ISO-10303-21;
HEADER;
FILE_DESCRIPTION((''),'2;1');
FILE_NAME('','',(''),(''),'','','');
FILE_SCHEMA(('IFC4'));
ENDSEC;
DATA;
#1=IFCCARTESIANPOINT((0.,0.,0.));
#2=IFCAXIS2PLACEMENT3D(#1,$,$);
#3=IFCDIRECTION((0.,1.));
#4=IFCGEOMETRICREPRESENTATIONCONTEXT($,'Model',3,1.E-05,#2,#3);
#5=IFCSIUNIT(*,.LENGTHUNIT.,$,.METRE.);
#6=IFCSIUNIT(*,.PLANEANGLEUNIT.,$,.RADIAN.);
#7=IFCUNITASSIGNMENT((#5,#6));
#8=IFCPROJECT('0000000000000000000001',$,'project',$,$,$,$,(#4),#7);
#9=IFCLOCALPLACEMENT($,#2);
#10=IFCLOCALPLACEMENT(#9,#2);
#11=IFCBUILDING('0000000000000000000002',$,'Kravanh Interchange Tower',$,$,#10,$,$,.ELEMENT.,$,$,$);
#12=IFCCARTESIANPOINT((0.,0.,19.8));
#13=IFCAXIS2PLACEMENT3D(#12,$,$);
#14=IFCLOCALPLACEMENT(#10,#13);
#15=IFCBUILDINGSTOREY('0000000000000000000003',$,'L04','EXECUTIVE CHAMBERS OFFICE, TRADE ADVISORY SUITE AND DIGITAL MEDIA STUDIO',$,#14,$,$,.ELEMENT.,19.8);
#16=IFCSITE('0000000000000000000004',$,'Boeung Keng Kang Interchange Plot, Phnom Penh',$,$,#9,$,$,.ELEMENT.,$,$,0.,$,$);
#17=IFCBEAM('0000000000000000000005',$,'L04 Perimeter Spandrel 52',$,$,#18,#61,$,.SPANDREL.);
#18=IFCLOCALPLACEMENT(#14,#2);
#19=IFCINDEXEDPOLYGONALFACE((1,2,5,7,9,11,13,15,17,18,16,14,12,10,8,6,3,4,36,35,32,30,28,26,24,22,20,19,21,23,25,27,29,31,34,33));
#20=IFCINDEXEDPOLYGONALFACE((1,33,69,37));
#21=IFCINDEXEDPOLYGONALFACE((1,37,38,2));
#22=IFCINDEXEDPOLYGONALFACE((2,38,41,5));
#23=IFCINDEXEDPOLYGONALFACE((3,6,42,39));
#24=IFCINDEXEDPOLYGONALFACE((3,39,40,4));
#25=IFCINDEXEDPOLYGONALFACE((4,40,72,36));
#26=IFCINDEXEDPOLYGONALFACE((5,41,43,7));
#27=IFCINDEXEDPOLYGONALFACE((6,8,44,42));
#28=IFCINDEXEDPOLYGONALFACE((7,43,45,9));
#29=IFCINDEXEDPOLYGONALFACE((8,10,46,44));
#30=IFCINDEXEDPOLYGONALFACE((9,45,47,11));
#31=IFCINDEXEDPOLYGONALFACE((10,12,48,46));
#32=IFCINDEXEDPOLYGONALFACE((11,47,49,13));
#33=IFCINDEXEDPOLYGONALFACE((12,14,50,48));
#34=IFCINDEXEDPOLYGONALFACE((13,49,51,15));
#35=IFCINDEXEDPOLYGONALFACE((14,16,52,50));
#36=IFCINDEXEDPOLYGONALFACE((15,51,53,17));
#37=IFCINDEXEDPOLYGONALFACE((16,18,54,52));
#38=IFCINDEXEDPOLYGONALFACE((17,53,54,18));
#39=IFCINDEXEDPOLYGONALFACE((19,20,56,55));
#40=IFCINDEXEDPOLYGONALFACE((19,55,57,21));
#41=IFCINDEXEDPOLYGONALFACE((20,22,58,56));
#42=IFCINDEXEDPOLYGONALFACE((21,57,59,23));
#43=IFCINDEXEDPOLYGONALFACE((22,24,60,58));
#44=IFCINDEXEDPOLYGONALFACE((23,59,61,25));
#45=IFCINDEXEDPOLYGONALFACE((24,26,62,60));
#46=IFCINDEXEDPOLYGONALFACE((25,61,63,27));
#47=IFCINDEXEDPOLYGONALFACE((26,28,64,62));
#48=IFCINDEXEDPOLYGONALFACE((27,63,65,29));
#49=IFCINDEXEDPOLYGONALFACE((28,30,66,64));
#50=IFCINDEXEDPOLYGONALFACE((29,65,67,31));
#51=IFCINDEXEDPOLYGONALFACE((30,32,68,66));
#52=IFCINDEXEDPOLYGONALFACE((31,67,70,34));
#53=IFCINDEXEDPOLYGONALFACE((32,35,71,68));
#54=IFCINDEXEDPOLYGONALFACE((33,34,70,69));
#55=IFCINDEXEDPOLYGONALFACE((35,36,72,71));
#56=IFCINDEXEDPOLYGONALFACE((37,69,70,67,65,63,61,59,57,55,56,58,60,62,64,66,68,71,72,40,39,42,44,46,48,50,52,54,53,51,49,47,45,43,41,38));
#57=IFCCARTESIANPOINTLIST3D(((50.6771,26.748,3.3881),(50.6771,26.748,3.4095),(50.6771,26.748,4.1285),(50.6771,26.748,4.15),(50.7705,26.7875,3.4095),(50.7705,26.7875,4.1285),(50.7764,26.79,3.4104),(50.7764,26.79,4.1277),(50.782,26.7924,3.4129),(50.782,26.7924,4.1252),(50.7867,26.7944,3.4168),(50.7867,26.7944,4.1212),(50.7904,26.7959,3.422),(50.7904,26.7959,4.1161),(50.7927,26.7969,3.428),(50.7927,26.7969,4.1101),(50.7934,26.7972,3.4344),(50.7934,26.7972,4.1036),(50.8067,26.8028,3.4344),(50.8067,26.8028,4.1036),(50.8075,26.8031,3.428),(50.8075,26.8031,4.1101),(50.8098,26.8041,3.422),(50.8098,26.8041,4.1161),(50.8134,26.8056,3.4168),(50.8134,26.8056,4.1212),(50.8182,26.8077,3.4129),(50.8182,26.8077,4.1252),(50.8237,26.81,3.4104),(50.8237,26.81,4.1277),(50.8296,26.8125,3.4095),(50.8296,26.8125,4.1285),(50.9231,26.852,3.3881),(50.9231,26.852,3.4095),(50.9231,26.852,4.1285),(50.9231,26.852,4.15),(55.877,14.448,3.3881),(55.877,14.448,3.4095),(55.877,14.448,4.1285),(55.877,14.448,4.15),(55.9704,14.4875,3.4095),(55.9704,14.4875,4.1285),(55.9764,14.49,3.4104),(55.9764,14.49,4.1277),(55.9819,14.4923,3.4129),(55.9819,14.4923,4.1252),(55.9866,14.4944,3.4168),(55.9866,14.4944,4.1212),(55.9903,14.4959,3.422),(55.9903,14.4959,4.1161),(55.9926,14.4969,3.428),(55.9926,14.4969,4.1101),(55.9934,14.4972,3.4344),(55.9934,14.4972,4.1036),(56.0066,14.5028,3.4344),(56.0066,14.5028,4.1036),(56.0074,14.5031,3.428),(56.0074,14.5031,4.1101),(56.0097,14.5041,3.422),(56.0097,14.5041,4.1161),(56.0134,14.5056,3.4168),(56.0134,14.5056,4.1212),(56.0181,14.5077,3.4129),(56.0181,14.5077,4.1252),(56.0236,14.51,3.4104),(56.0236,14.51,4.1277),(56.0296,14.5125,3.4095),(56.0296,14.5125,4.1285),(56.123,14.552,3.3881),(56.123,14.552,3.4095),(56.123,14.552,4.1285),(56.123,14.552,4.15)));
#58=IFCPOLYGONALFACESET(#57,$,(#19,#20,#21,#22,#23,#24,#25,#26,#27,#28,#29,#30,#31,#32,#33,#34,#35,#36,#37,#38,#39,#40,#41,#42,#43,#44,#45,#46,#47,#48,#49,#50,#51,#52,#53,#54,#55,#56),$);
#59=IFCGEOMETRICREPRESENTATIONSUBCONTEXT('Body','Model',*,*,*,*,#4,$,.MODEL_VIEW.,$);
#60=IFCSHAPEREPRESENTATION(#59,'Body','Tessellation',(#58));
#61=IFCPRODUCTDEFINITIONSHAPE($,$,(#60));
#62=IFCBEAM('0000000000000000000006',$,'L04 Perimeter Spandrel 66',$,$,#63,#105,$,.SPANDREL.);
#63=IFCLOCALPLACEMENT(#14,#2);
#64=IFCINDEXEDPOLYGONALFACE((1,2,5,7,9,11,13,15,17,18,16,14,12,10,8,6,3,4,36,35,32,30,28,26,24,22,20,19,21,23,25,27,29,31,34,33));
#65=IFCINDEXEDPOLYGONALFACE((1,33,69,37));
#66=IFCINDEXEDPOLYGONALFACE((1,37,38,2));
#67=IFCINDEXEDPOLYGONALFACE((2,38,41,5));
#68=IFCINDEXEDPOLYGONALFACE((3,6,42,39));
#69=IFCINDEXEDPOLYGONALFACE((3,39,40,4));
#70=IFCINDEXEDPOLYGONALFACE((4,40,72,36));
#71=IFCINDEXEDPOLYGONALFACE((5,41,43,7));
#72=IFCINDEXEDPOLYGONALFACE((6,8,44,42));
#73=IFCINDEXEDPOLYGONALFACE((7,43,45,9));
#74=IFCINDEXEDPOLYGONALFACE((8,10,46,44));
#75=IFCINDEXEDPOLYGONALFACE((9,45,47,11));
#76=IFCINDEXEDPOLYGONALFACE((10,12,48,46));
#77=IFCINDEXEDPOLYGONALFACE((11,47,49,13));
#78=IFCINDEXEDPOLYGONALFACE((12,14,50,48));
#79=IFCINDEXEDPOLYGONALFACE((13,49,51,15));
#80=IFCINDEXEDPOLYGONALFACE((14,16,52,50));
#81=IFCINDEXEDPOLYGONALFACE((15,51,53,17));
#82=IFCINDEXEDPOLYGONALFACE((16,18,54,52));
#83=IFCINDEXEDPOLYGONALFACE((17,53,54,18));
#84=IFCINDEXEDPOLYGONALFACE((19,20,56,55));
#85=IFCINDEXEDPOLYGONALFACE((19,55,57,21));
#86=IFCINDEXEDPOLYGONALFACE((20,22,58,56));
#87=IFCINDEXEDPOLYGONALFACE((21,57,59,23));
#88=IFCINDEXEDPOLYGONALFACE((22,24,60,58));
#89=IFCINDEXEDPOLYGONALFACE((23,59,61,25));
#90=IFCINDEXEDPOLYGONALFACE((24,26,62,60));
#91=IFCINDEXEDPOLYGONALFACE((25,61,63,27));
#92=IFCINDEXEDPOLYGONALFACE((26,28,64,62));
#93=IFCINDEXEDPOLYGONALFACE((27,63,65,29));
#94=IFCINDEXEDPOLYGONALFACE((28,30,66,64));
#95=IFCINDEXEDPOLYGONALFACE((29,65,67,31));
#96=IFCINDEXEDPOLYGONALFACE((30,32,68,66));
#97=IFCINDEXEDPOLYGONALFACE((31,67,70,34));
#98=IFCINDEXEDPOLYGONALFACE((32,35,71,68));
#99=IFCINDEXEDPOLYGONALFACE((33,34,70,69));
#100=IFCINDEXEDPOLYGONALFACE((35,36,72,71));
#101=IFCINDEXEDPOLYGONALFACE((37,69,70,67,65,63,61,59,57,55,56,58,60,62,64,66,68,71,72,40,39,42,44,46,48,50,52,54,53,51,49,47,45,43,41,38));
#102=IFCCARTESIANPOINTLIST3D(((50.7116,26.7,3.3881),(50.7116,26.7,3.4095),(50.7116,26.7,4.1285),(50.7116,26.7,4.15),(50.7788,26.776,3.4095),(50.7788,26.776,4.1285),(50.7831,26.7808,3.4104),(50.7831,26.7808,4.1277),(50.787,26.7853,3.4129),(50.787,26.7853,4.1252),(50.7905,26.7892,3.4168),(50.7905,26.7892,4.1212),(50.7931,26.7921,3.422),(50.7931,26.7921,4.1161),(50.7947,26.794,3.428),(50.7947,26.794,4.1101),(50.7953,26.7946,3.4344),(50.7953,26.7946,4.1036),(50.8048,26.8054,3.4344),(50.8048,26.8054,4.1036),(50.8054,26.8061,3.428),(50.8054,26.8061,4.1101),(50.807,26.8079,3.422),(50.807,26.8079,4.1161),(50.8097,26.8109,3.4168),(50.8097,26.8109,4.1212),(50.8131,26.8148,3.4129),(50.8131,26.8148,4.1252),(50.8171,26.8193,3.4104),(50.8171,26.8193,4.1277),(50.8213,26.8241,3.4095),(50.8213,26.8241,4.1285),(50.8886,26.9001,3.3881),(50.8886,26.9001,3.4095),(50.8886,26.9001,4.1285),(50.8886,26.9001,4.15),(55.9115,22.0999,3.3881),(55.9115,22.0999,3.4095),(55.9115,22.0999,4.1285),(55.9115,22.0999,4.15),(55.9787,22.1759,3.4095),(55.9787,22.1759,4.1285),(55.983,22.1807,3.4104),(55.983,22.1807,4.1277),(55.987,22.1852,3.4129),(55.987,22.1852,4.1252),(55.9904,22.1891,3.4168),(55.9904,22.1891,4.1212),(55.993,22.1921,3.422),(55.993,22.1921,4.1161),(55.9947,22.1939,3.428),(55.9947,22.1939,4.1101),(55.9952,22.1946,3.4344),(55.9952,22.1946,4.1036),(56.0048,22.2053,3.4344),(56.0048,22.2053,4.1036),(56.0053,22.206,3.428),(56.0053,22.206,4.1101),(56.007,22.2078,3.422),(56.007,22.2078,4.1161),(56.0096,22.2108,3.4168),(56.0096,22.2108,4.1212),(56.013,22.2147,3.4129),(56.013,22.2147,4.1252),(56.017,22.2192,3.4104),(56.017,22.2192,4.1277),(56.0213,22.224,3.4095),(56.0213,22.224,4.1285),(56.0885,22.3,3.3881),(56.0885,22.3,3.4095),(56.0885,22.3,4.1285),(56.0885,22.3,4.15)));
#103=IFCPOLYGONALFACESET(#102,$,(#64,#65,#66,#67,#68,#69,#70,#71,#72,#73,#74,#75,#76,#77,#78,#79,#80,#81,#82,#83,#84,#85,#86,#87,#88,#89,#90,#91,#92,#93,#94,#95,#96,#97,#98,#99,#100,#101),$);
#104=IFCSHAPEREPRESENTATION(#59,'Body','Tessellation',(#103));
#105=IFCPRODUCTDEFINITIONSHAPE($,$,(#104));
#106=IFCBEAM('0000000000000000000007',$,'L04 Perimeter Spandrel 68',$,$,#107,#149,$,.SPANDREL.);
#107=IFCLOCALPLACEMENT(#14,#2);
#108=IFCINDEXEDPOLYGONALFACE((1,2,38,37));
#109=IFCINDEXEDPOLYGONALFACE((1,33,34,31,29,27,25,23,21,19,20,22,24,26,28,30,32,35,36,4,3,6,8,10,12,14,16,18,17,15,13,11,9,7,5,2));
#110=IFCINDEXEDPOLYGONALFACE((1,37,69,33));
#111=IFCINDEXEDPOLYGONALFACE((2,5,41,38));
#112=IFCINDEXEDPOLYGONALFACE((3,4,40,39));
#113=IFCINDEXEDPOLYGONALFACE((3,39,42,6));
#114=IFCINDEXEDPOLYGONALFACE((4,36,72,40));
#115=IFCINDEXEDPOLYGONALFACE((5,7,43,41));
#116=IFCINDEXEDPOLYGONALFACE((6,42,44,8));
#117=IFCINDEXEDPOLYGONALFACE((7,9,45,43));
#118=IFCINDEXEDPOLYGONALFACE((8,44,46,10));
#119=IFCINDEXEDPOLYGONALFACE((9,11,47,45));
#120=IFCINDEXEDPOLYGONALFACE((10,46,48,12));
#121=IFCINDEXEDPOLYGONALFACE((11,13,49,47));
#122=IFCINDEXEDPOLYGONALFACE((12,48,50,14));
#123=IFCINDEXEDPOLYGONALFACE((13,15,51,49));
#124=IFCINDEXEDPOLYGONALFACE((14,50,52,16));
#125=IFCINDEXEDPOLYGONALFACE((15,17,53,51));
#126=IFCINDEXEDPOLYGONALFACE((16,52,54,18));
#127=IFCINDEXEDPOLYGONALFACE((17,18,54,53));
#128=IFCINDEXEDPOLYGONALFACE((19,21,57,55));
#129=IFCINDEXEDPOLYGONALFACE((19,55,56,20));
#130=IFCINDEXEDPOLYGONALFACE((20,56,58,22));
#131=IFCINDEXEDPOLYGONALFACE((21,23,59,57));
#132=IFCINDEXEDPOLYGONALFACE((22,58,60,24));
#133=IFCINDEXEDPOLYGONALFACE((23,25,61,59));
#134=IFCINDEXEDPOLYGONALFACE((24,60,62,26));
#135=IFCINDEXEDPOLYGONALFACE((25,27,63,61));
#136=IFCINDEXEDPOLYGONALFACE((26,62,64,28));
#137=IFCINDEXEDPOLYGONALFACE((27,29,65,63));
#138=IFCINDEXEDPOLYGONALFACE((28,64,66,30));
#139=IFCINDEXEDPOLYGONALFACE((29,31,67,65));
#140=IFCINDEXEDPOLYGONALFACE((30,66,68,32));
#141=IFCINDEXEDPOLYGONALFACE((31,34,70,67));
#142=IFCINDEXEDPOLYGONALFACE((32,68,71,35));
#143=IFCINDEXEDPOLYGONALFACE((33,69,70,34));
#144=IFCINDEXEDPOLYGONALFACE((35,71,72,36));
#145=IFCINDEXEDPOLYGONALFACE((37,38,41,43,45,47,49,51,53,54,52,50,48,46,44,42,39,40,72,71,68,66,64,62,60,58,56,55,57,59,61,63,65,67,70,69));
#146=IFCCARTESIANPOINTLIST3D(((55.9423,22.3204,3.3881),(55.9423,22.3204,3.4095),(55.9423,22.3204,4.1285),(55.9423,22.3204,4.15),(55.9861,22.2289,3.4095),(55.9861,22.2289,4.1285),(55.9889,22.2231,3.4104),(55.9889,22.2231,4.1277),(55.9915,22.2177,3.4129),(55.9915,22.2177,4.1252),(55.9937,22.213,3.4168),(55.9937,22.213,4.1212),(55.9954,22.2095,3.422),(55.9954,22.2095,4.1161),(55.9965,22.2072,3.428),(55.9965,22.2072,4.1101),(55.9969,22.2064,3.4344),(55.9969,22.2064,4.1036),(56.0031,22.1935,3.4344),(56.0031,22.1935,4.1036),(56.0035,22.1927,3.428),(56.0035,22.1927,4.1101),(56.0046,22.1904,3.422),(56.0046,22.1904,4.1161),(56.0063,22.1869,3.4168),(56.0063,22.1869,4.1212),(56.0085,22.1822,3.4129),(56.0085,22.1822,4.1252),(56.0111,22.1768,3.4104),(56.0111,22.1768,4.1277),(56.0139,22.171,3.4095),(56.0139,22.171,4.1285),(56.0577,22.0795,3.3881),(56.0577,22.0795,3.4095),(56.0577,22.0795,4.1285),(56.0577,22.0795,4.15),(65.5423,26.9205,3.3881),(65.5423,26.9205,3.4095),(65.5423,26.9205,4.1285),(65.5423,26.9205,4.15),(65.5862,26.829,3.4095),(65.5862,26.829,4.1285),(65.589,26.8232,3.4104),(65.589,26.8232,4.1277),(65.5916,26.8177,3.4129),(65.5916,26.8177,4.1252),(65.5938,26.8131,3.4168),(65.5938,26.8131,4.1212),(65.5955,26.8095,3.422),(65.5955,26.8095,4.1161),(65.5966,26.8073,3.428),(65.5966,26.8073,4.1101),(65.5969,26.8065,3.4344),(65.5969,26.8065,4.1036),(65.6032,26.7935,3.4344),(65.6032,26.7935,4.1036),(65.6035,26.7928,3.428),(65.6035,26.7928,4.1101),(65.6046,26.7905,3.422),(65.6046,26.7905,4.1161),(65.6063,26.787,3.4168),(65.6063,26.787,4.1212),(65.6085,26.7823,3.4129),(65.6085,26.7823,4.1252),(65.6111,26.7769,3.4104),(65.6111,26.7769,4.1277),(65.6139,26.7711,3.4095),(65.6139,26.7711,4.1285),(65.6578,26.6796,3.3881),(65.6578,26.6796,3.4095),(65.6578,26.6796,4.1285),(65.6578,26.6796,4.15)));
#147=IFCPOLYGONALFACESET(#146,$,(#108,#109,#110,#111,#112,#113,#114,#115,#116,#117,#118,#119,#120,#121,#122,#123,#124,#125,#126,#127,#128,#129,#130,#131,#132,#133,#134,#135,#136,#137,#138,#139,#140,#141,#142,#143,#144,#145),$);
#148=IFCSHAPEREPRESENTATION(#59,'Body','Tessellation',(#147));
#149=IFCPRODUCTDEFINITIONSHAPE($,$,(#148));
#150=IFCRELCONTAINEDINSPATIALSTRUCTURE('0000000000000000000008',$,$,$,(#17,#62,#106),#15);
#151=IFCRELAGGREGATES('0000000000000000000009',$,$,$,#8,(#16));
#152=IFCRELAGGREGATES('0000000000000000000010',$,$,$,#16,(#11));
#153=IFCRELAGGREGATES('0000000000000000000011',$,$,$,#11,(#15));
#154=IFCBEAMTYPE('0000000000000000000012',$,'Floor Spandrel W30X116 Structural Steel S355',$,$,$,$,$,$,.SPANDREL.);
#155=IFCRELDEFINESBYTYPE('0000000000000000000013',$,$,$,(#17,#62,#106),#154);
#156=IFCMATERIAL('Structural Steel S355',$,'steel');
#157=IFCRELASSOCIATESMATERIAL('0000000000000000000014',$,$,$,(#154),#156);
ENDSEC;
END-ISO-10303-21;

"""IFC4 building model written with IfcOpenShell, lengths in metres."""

from ifc_helpers import new_model, si_unit, direction, frame, origin, origin_2d, place, context, subcontext, project, spatial, i_section, extrude, material, material_profile, profile_set, type_object, element, save


model = new_model("IFC4")

# Units and contexts
model_context = context("Model", 3, precision=1e-05, world=origin(), true_north=direction((0.0, 1.0)))
body_context = subcontext(model_context, "Body", "Model", "MODEL_VIEW")
ifc_project = project(units=[si_unit("LENGTHUNIT", "METRE"), si_unit("PLANEANGLEUNIT", "RADIAN")], contexts=[model_context])

# Site, building, storey
site_placement = place(None, origin())
site = spatial("IfcSite", under=ifc_project, at=site_placement, Name="Boeung Keng Kang Interchange Plot, Phnom Penh", CompositionType="ELEMENT", RefElevation=0.0)
building_placement = place(site_placement, origin())
building = spatial("IfcBuilding", under=site, at=building_placement, Name="Kravanh Interchange Tower", CompositionType="ELEMENT")
storey_placement = place(building_placement, frame((0.0, 0.0, 19.8)))
storey = spatial("IfcBuildingStorey", under=building, at=storey_placement, Name="L04", Description="EXECUTIVE CHAMBERS OFFICE, TRADE ADVISORY SUITE AND DIGITAL MEDIA STUDIO", CompositionType="ELEMENT", Elevation=19.8)

# Beams
ifc_material_1 = material(Name="Structural Steel S355", Category="steel")
ifc_material_profile_1 = material_profile(ifc_material_1, i_section(OverallWidth=0.2671, OverallDepth=0.762, WebThickness=0.0144, FlangeThickness=0.0215, FilletRadius=0.0249, at=origin_2d()), Name="W30X116")
ifc_profile_set_1 = profile_set([ifc_material_profile_1], Name="Structural Steel S355")
beam_type_1 = type_object("IfcBeamType", Name="Floor Spandrel W30X116 Structural Steel S355", PredefinedType="SPANDREL", material=ifc_profile_set_1)
beam_1_placement = place(storey_placement, frame((56.0, 14.5, 3.769), z_axis=(-0.389391, 0.921072, 0.0), x_axis=(-0.921072, -0.389391, 0.0)))
element("IfcBeam", 1, at=beam_1_placement, inside=storey, type_object=beam_type_1, Name="L04 Perimeter Spandrel 52", PredefinedType="SPANDREL", context=body_context, shape_type="SweptSolid", body=[
    extrude(i_section(OverallWidth=0.2671, OverallDepth=0.762, WebThickness=0.0144, FlangeThickness=0.0215, FilletRadius=0.0249, at=origin_2d()), origin(), (0.0, 0.0, 1.0), 13.354),
])
beam_2_placement = place(storey_placement, frame((56.0, 22.2, 3.769), z_axis=(-0.748986, 0.662585, 0.0), x_axis=(-0.662585, -0.748986, 0.0)))
element("IfcBeam", 2, at=beam_2_placement, inside=storey, type_object=beam_type_1, Name="L04 Perimeter Spandrel 66", PredefinedType="SPANDREL", context=body_context, shape_type="SweptSolid", body=[
    extrude(i_section(OverallWidth=0.2671, OverallDepth=0.762, WebThickness=0.0144, FlangeThickness=0.0215, FilletRadius=0.0249, at=origin_2d()), origin(), (0.0, 0.0, 1.0), 6.9426),
])
beam_3_placement = place(storey_placement, frame((56.0, 22.2, 3.769), z_axis=(0.901814, 0.432124, 0.0), x_axis=(-0.432124, 0.901814, 0.0)))
element("IfcBeam", 3, at=beam_3_placement, inside=storey, type_object=beam_type_1, Name="L04 Perimeter Spandrel 68", PredefinedType="SPANDREL", context=body_context, shape_type="SweptSolid", body=[
    extrude(i_section(OverallWidth=0.2671, OverallDepth=0.762, WebThickness=0.0144, FlangeThickness=0.0215, FilletRadius=0.0249, at=origin_2d()), origin(), (0.0, 0.0, 1.0), 10.6453),
])

save(model, "model.ifc")
